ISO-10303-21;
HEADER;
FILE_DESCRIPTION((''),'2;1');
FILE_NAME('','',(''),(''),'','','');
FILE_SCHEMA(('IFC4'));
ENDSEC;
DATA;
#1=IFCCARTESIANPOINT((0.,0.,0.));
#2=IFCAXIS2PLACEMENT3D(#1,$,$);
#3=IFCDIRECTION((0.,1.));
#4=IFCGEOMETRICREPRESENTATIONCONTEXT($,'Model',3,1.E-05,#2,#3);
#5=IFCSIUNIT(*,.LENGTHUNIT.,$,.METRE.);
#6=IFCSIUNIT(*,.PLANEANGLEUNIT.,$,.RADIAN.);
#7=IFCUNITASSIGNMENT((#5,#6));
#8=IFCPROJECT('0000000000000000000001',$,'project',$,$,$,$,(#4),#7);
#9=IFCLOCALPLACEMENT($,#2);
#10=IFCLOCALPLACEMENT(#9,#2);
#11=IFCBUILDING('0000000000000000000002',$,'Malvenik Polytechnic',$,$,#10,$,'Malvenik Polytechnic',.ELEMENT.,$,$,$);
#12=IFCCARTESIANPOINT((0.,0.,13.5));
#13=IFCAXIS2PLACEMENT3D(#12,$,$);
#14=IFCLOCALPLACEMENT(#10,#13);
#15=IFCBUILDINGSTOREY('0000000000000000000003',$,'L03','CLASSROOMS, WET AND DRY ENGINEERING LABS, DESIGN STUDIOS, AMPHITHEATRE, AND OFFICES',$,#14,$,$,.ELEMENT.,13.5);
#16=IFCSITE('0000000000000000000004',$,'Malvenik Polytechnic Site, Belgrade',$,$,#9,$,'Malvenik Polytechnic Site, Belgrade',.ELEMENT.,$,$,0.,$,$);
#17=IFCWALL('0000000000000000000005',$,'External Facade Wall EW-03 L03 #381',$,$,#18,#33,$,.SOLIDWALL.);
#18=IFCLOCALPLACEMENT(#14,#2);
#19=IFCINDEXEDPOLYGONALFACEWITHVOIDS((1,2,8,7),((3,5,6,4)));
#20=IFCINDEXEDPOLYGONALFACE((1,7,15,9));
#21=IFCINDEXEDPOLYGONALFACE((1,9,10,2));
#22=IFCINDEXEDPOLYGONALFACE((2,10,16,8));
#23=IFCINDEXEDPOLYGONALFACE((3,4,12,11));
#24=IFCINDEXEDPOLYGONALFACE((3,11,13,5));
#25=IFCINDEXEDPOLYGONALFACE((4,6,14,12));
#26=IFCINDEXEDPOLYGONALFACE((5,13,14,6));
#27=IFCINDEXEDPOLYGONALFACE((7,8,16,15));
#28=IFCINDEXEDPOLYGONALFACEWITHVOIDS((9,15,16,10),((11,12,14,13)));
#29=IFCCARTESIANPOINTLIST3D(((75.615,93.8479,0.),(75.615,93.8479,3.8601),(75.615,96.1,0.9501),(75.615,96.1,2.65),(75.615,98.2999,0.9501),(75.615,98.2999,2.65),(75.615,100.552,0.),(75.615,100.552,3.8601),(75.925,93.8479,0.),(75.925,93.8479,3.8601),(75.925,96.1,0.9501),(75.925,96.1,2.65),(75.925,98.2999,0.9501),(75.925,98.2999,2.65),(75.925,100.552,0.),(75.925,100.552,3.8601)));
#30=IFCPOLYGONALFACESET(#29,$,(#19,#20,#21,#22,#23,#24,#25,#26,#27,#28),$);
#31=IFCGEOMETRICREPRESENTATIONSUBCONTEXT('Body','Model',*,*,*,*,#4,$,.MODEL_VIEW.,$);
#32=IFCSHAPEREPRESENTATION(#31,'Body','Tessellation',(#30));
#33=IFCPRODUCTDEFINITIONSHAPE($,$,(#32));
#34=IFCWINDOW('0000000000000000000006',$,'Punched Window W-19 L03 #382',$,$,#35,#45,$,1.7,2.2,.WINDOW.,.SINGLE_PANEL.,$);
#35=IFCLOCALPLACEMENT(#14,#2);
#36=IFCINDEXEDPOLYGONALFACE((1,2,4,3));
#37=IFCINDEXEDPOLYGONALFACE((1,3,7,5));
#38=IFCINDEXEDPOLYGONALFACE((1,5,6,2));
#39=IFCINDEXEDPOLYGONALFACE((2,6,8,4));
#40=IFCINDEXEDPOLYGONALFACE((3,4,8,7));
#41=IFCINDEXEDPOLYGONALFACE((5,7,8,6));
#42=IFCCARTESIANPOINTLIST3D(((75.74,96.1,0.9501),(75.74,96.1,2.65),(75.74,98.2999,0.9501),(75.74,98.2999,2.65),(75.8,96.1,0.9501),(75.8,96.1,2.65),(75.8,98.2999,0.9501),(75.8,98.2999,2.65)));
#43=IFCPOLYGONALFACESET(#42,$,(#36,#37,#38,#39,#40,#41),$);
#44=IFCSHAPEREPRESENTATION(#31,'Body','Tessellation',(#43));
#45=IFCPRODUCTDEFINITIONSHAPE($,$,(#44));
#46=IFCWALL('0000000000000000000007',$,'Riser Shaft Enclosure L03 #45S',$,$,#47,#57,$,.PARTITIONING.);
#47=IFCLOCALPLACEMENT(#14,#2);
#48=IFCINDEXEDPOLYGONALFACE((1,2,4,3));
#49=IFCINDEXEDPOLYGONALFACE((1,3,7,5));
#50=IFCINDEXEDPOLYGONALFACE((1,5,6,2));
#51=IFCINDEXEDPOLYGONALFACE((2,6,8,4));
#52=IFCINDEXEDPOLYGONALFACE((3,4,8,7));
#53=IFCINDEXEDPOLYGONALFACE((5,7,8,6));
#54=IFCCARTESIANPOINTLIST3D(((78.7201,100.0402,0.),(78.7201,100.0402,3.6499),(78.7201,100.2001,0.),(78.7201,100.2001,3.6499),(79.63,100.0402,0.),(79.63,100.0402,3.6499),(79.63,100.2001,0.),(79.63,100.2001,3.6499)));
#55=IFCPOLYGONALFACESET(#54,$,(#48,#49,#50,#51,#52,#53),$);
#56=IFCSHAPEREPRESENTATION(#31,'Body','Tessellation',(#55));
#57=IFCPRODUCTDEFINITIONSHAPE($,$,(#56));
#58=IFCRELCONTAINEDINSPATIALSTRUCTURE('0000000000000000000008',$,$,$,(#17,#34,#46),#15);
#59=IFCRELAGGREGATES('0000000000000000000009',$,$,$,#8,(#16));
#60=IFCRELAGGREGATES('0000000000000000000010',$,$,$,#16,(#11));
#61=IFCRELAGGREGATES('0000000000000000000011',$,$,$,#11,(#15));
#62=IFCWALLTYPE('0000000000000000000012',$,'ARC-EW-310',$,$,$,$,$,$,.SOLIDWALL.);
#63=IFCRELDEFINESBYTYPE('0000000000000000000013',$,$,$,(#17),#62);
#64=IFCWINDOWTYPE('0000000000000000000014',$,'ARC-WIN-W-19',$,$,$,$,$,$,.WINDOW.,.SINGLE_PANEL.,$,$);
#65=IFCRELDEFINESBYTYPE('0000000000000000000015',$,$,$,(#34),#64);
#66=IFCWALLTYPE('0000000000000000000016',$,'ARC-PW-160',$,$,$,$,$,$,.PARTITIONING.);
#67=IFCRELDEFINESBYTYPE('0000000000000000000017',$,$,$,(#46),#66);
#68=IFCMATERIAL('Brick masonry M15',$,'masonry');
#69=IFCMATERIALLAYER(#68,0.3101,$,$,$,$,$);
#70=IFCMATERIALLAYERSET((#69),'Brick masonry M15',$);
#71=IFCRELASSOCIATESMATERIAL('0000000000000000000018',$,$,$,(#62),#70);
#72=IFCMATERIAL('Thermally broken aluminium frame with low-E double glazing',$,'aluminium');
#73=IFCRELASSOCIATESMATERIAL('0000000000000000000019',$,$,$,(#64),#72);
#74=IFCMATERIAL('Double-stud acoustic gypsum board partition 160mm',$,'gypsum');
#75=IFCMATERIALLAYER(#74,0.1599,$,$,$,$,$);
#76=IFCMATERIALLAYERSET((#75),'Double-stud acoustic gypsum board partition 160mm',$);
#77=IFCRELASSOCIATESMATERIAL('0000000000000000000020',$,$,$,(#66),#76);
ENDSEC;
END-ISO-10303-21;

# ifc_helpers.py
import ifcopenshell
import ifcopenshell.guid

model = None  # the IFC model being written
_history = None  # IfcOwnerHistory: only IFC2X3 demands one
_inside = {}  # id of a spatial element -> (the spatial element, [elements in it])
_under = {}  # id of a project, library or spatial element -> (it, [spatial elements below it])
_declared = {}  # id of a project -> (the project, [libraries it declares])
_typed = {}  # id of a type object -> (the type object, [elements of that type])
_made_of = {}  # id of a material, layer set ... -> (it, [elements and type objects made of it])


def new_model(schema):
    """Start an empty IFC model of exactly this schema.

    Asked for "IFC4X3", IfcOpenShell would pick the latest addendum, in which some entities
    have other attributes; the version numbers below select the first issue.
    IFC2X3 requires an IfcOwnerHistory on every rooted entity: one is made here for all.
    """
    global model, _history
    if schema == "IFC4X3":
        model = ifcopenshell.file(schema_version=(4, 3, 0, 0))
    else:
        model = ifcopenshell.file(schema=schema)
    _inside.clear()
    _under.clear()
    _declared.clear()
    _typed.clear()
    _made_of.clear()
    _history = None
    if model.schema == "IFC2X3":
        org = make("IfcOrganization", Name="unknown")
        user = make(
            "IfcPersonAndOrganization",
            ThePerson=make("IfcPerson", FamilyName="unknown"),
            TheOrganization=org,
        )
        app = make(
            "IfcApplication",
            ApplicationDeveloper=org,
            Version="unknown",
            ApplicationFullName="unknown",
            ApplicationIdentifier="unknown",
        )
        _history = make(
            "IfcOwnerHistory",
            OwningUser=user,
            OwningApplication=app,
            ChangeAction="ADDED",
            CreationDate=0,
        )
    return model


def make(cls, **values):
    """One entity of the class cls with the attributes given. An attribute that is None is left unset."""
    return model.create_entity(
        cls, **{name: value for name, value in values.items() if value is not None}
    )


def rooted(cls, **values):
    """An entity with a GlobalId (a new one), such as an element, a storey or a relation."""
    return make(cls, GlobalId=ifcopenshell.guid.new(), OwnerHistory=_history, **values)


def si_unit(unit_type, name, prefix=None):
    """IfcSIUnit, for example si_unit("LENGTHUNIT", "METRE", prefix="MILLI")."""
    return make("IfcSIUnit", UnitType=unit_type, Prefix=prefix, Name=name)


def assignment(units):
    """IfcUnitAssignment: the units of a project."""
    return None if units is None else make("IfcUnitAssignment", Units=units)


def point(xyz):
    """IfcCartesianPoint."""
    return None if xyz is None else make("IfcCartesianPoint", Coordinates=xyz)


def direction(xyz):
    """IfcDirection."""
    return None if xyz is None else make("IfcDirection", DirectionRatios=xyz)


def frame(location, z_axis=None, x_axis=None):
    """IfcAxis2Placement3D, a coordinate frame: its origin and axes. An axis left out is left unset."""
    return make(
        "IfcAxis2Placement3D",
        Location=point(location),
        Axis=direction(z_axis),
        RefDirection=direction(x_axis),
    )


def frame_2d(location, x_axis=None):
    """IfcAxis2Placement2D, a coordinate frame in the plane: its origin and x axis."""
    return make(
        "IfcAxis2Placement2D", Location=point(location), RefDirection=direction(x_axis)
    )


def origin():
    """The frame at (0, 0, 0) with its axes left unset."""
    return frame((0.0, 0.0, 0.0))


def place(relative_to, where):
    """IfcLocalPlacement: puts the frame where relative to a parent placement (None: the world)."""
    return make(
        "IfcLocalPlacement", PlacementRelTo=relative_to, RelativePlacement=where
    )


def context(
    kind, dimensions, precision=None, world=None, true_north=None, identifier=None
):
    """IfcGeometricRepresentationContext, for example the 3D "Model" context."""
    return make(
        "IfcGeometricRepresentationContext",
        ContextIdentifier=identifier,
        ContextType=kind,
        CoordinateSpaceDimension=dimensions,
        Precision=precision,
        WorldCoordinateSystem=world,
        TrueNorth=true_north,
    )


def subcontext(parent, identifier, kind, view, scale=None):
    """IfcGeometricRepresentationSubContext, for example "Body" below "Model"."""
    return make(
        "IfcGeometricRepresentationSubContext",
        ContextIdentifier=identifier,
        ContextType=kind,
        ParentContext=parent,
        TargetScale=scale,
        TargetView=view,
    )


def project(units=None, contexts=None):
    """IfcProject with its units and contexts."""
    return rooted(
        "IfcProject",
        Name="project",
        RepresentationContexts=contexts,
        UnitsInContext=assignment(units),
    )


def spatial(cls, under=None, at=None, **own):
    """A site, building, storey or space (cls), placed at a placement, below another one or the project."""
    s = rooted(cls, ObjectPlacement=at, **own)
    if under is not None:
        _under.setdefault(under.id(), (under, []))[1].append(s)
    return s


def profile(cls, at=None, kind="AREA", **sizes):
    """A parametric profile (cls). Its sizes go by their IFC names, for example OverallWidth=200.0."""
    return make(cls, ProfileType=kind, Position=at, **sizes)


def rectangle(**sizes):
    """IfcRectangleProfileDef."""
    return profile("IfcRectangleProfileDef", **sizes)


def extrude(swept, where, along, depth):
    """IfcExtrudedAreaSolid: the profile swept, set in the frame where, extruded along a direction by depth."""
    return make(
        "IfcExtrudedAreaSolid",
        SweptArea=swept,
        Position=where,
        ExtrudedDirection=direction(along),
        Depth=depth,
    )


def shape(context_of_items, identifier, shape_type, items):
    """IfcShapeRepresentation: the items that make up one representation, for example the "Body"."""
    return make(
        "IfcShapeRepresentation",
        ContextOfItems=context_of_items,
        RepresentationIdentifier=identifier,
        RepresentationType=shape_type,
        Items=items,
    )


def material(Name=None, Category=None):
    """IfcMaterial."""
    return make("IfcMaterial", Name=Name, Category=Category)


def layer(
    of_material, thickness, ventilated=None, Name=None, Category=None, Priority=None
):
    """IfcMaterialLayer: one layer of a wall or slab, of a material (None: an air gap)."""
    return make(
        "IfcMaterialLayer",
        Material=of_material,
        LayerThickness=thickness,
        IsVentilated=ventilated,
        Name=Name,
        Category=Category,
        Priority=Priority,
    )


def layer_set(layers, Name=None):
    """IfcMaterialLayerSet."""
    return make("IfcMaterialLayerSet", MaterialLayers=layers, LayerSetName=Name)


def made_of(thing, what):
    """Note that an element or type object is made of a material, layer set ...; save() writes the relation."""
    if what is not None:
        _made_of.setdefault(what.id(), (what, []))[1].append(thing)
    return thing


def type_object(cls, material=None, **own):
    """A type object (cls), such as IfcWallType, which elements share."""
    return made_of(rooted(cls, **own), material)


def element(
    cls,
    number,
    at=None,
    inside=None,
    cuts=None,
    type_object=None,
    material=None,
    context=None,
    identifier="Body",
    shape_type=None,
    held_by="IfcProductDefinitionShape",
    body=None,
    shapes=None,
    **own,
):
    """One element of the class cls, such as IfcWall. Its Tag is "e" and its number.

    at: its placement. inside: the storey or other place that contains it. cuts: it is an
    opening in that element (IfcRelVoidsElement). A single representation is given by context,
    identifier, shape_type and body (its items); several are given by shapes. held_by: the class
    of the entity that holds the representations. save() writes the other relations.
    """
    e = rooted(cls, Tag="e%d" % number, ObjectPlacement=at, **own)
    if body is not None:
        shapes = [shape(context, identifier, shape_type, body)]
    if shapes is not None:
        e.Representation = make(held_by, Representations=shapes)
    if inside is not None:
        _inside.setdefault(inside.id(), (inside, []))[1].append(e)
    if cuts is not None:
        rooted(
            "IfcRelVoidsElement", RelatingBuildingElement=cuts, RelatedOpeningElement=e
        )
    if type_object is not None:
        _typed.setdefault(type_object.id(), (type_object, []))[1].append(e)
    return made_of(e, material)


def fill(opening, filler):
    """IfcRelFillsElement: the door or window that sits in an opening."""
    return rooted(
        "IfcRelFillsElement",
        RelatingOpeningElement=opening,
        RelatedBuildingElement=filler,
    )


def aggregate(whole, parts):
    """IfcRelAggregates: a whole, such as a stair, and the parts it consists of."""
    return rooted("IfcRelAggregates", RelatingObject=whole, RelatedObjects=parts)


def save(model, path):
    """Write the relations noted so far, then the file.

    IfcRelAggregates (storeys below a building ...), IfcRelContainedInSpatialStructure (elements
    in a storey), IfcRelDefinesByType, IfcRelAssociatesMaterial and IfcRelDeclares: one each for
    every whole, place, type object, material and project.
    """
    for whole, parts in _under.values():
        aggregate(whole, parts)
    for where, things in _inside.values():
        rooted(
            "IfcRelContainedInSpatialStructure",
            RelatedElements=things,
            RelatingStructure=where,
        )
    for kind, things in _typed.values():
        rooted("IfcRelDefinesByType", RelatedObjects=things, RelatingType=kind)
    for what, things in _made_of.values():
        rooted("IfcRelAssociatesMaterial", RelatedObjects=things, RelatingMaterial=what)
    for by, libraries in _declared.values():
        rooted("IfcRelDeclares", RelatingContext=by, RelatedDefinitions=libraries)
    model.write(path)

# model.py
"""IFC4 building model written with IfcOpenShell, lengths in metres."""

from ifc_helpers import new_model, si_unit, direction, frame, frame_2d, origin, place, context, subcontext, project, spatial, rectangle, extrude, material, layer, layer_set, type_object, element, fill, save


model = new_model("IFC4")

# Units and contexts
model_context = context("Model", 3, precision=1e-05, world=origin(), true_north=direction((0.0, 1.0)))
body_context = subcontext(model_context, "Body", "Model", "MODEL_VIEW")
ifc_project = project(units=[si_unit("LENGTHUNIT", "METRE"), si_unit("PLANEANGLEUNIT", "RADIAN")], contexts=[model_context])

# Site, building, storey
site_placement = place(None, origin())
site = spatial("IfcSite", under=ifc_project, at=site_placement, Name="Malvenik Polytechnic Site, Belgrade", LongName="Malvenik Polytechnic Site, Belgrade", CompositionType="ELEMENT", RefElevation=0.0)
building_placement = place(site_placement, origin())
building = spatial("IfcBuilding", under=site, at=building_placement, Name="Malvenik Polytechnic", LongName="Malvenik Polytechnic", CompositionType="ELEMENT")
storey_placement = place(building_placement, frame((0.0, 0.0, 13.5)))
storey = spatial("IfcBuildingStorey", under=building, at=storey_placement, Name="L03", Description="CLASSROOMS, WET AND DRY ENGINEERING LABS, DESIGN STUDIOS, AMPHITHEATRE, AND OFFICES", CompositionType="ELEMENT", Elevation=13.5)

# Wall, opening, window
ifc_material_1 = material(Name="Brick masonry M15", Category="masonry")
ifc_layer_1 = layer(ifc_material_1, 0.3101)
ifc_layer_set_1 = layer_set([ifc_layer_1], Name="Brick masonry M15")
wall_type_1 = type_object("IfcWallType", Name="ARC-EW-310", PredefinedType="SOLIDWALL", material=ifc_layer_set_1)
wall_1_placement = place(storey_placement, frame((75.77, 93.8479, 0.0), z_axis=(0.0, 0.0, 1.0), x_axis=(0.0, 1.0, 0.0)))
wall_1 = element("IfcWall", 1, at=wall_1_placement, inside=storey, type_object=wall_type_1, Name="External Facade Wall EW-03 L03 #381", PredefinedType="SOLIDWALL", context=body_context, shape_type="SweptSolid", body=[
    extrude(rectangle(XDim=6.7041, YDim=0.3101, at=frame_2d((3.3521, 0.0))), origin(), (0.0, 0.0, 1.0), 3.8601),
])
opening_placement = place(wall_1_placement, frame((2.252, 0.0, 0.95)))
opening = element("IfcOpeningElement", 2, at=opening_placement, cuts=wall_1, PredefinedType="OPENING", context=body_context, shape_type="SweptSolid", body=[
    extrude(rectangle(XDim=2.2, YDim=1.7, at=frame_2d((1.1001, 0.8501))), frame((0.0, 0.165, 0.0), z_axis=(0.0, -1.0, 0.0), x_axis=(1.0, 0.0, 0.0)), (0.0, 0.0, 1.0), 0.3301),
])
ifc_material_2 = material(Name="Thermally broken aluminium frame with low-E double glazing", Category="aluminium")
window_type = type_object("IfcWindowType", Name="ARC-WIN-W-19", PartitioningType="SINGLE_PANEL", PredefinedType="WINDOW", material=ifc_material_2)
window_placement = place(opening_placement, origin())
window = element("IfcWindow", 3, at=window_placement, inside=storey, type_object=window_type, Name="Punched Window W-19 L03 #382", OverallHeight=1.7, OverallWidth=2.2, PartitioningType="SINGLE_PANEL", PredefinedType="WINDOW", context=body_context, shape_type="SweptSolid", body=[
    extrude(rectangle(XDim=2.2, YDim=1.7, at=frame_2d((1.1001, 0.8501))), frame((0.0, 0.03, 0.0), z_axis=(0.0, -1.0, 0.0), x_axis=(1.0, 0.0, 0.0)), (0.0, 0.0, 1.0), 0.0601),
])
fill(opening, window)

# Wall
ifc_material_3 = material(Name="Double-stud acoustic gypsum board partition 160mm", Category="gypsum")
ifc_layer_2 = layer(ifc_material_3, 0.1599)
ifc_layer_set_2 = layer_set([ifc_layer_2], Name="Double-stud acoustic gypsum board partition 160mm")
wall_type_2 = type_object("IfcWallType", Name="ARC-PW-160", PredefinedType="PARTITIONING", material=ifc_layer_set_2)
wall_2_placement = place(storey_placement, frame((78.72, 100.1201, 0.0), z_axis=(0.0, 0.0, 1.0), x_axis=(1.0, 0.0, 0.0)))
element("IfcWall", 4, at=wall_2_placement, inside=storey, type_object=wall_type_2, Name="Riser Shaft Enclosure L03 #45S", PredefinedType="PARTITIONING", context=body_context, shape_type="SweptSolid", body=[
    extrude(rectangle(XDim=0.9099, YDim=0.1599, at=frame_2d((0.4551, 0.0))), origin(), (0.0, 0.0, 1.0), 3.6499),
])

save(model, "model.ifc")
